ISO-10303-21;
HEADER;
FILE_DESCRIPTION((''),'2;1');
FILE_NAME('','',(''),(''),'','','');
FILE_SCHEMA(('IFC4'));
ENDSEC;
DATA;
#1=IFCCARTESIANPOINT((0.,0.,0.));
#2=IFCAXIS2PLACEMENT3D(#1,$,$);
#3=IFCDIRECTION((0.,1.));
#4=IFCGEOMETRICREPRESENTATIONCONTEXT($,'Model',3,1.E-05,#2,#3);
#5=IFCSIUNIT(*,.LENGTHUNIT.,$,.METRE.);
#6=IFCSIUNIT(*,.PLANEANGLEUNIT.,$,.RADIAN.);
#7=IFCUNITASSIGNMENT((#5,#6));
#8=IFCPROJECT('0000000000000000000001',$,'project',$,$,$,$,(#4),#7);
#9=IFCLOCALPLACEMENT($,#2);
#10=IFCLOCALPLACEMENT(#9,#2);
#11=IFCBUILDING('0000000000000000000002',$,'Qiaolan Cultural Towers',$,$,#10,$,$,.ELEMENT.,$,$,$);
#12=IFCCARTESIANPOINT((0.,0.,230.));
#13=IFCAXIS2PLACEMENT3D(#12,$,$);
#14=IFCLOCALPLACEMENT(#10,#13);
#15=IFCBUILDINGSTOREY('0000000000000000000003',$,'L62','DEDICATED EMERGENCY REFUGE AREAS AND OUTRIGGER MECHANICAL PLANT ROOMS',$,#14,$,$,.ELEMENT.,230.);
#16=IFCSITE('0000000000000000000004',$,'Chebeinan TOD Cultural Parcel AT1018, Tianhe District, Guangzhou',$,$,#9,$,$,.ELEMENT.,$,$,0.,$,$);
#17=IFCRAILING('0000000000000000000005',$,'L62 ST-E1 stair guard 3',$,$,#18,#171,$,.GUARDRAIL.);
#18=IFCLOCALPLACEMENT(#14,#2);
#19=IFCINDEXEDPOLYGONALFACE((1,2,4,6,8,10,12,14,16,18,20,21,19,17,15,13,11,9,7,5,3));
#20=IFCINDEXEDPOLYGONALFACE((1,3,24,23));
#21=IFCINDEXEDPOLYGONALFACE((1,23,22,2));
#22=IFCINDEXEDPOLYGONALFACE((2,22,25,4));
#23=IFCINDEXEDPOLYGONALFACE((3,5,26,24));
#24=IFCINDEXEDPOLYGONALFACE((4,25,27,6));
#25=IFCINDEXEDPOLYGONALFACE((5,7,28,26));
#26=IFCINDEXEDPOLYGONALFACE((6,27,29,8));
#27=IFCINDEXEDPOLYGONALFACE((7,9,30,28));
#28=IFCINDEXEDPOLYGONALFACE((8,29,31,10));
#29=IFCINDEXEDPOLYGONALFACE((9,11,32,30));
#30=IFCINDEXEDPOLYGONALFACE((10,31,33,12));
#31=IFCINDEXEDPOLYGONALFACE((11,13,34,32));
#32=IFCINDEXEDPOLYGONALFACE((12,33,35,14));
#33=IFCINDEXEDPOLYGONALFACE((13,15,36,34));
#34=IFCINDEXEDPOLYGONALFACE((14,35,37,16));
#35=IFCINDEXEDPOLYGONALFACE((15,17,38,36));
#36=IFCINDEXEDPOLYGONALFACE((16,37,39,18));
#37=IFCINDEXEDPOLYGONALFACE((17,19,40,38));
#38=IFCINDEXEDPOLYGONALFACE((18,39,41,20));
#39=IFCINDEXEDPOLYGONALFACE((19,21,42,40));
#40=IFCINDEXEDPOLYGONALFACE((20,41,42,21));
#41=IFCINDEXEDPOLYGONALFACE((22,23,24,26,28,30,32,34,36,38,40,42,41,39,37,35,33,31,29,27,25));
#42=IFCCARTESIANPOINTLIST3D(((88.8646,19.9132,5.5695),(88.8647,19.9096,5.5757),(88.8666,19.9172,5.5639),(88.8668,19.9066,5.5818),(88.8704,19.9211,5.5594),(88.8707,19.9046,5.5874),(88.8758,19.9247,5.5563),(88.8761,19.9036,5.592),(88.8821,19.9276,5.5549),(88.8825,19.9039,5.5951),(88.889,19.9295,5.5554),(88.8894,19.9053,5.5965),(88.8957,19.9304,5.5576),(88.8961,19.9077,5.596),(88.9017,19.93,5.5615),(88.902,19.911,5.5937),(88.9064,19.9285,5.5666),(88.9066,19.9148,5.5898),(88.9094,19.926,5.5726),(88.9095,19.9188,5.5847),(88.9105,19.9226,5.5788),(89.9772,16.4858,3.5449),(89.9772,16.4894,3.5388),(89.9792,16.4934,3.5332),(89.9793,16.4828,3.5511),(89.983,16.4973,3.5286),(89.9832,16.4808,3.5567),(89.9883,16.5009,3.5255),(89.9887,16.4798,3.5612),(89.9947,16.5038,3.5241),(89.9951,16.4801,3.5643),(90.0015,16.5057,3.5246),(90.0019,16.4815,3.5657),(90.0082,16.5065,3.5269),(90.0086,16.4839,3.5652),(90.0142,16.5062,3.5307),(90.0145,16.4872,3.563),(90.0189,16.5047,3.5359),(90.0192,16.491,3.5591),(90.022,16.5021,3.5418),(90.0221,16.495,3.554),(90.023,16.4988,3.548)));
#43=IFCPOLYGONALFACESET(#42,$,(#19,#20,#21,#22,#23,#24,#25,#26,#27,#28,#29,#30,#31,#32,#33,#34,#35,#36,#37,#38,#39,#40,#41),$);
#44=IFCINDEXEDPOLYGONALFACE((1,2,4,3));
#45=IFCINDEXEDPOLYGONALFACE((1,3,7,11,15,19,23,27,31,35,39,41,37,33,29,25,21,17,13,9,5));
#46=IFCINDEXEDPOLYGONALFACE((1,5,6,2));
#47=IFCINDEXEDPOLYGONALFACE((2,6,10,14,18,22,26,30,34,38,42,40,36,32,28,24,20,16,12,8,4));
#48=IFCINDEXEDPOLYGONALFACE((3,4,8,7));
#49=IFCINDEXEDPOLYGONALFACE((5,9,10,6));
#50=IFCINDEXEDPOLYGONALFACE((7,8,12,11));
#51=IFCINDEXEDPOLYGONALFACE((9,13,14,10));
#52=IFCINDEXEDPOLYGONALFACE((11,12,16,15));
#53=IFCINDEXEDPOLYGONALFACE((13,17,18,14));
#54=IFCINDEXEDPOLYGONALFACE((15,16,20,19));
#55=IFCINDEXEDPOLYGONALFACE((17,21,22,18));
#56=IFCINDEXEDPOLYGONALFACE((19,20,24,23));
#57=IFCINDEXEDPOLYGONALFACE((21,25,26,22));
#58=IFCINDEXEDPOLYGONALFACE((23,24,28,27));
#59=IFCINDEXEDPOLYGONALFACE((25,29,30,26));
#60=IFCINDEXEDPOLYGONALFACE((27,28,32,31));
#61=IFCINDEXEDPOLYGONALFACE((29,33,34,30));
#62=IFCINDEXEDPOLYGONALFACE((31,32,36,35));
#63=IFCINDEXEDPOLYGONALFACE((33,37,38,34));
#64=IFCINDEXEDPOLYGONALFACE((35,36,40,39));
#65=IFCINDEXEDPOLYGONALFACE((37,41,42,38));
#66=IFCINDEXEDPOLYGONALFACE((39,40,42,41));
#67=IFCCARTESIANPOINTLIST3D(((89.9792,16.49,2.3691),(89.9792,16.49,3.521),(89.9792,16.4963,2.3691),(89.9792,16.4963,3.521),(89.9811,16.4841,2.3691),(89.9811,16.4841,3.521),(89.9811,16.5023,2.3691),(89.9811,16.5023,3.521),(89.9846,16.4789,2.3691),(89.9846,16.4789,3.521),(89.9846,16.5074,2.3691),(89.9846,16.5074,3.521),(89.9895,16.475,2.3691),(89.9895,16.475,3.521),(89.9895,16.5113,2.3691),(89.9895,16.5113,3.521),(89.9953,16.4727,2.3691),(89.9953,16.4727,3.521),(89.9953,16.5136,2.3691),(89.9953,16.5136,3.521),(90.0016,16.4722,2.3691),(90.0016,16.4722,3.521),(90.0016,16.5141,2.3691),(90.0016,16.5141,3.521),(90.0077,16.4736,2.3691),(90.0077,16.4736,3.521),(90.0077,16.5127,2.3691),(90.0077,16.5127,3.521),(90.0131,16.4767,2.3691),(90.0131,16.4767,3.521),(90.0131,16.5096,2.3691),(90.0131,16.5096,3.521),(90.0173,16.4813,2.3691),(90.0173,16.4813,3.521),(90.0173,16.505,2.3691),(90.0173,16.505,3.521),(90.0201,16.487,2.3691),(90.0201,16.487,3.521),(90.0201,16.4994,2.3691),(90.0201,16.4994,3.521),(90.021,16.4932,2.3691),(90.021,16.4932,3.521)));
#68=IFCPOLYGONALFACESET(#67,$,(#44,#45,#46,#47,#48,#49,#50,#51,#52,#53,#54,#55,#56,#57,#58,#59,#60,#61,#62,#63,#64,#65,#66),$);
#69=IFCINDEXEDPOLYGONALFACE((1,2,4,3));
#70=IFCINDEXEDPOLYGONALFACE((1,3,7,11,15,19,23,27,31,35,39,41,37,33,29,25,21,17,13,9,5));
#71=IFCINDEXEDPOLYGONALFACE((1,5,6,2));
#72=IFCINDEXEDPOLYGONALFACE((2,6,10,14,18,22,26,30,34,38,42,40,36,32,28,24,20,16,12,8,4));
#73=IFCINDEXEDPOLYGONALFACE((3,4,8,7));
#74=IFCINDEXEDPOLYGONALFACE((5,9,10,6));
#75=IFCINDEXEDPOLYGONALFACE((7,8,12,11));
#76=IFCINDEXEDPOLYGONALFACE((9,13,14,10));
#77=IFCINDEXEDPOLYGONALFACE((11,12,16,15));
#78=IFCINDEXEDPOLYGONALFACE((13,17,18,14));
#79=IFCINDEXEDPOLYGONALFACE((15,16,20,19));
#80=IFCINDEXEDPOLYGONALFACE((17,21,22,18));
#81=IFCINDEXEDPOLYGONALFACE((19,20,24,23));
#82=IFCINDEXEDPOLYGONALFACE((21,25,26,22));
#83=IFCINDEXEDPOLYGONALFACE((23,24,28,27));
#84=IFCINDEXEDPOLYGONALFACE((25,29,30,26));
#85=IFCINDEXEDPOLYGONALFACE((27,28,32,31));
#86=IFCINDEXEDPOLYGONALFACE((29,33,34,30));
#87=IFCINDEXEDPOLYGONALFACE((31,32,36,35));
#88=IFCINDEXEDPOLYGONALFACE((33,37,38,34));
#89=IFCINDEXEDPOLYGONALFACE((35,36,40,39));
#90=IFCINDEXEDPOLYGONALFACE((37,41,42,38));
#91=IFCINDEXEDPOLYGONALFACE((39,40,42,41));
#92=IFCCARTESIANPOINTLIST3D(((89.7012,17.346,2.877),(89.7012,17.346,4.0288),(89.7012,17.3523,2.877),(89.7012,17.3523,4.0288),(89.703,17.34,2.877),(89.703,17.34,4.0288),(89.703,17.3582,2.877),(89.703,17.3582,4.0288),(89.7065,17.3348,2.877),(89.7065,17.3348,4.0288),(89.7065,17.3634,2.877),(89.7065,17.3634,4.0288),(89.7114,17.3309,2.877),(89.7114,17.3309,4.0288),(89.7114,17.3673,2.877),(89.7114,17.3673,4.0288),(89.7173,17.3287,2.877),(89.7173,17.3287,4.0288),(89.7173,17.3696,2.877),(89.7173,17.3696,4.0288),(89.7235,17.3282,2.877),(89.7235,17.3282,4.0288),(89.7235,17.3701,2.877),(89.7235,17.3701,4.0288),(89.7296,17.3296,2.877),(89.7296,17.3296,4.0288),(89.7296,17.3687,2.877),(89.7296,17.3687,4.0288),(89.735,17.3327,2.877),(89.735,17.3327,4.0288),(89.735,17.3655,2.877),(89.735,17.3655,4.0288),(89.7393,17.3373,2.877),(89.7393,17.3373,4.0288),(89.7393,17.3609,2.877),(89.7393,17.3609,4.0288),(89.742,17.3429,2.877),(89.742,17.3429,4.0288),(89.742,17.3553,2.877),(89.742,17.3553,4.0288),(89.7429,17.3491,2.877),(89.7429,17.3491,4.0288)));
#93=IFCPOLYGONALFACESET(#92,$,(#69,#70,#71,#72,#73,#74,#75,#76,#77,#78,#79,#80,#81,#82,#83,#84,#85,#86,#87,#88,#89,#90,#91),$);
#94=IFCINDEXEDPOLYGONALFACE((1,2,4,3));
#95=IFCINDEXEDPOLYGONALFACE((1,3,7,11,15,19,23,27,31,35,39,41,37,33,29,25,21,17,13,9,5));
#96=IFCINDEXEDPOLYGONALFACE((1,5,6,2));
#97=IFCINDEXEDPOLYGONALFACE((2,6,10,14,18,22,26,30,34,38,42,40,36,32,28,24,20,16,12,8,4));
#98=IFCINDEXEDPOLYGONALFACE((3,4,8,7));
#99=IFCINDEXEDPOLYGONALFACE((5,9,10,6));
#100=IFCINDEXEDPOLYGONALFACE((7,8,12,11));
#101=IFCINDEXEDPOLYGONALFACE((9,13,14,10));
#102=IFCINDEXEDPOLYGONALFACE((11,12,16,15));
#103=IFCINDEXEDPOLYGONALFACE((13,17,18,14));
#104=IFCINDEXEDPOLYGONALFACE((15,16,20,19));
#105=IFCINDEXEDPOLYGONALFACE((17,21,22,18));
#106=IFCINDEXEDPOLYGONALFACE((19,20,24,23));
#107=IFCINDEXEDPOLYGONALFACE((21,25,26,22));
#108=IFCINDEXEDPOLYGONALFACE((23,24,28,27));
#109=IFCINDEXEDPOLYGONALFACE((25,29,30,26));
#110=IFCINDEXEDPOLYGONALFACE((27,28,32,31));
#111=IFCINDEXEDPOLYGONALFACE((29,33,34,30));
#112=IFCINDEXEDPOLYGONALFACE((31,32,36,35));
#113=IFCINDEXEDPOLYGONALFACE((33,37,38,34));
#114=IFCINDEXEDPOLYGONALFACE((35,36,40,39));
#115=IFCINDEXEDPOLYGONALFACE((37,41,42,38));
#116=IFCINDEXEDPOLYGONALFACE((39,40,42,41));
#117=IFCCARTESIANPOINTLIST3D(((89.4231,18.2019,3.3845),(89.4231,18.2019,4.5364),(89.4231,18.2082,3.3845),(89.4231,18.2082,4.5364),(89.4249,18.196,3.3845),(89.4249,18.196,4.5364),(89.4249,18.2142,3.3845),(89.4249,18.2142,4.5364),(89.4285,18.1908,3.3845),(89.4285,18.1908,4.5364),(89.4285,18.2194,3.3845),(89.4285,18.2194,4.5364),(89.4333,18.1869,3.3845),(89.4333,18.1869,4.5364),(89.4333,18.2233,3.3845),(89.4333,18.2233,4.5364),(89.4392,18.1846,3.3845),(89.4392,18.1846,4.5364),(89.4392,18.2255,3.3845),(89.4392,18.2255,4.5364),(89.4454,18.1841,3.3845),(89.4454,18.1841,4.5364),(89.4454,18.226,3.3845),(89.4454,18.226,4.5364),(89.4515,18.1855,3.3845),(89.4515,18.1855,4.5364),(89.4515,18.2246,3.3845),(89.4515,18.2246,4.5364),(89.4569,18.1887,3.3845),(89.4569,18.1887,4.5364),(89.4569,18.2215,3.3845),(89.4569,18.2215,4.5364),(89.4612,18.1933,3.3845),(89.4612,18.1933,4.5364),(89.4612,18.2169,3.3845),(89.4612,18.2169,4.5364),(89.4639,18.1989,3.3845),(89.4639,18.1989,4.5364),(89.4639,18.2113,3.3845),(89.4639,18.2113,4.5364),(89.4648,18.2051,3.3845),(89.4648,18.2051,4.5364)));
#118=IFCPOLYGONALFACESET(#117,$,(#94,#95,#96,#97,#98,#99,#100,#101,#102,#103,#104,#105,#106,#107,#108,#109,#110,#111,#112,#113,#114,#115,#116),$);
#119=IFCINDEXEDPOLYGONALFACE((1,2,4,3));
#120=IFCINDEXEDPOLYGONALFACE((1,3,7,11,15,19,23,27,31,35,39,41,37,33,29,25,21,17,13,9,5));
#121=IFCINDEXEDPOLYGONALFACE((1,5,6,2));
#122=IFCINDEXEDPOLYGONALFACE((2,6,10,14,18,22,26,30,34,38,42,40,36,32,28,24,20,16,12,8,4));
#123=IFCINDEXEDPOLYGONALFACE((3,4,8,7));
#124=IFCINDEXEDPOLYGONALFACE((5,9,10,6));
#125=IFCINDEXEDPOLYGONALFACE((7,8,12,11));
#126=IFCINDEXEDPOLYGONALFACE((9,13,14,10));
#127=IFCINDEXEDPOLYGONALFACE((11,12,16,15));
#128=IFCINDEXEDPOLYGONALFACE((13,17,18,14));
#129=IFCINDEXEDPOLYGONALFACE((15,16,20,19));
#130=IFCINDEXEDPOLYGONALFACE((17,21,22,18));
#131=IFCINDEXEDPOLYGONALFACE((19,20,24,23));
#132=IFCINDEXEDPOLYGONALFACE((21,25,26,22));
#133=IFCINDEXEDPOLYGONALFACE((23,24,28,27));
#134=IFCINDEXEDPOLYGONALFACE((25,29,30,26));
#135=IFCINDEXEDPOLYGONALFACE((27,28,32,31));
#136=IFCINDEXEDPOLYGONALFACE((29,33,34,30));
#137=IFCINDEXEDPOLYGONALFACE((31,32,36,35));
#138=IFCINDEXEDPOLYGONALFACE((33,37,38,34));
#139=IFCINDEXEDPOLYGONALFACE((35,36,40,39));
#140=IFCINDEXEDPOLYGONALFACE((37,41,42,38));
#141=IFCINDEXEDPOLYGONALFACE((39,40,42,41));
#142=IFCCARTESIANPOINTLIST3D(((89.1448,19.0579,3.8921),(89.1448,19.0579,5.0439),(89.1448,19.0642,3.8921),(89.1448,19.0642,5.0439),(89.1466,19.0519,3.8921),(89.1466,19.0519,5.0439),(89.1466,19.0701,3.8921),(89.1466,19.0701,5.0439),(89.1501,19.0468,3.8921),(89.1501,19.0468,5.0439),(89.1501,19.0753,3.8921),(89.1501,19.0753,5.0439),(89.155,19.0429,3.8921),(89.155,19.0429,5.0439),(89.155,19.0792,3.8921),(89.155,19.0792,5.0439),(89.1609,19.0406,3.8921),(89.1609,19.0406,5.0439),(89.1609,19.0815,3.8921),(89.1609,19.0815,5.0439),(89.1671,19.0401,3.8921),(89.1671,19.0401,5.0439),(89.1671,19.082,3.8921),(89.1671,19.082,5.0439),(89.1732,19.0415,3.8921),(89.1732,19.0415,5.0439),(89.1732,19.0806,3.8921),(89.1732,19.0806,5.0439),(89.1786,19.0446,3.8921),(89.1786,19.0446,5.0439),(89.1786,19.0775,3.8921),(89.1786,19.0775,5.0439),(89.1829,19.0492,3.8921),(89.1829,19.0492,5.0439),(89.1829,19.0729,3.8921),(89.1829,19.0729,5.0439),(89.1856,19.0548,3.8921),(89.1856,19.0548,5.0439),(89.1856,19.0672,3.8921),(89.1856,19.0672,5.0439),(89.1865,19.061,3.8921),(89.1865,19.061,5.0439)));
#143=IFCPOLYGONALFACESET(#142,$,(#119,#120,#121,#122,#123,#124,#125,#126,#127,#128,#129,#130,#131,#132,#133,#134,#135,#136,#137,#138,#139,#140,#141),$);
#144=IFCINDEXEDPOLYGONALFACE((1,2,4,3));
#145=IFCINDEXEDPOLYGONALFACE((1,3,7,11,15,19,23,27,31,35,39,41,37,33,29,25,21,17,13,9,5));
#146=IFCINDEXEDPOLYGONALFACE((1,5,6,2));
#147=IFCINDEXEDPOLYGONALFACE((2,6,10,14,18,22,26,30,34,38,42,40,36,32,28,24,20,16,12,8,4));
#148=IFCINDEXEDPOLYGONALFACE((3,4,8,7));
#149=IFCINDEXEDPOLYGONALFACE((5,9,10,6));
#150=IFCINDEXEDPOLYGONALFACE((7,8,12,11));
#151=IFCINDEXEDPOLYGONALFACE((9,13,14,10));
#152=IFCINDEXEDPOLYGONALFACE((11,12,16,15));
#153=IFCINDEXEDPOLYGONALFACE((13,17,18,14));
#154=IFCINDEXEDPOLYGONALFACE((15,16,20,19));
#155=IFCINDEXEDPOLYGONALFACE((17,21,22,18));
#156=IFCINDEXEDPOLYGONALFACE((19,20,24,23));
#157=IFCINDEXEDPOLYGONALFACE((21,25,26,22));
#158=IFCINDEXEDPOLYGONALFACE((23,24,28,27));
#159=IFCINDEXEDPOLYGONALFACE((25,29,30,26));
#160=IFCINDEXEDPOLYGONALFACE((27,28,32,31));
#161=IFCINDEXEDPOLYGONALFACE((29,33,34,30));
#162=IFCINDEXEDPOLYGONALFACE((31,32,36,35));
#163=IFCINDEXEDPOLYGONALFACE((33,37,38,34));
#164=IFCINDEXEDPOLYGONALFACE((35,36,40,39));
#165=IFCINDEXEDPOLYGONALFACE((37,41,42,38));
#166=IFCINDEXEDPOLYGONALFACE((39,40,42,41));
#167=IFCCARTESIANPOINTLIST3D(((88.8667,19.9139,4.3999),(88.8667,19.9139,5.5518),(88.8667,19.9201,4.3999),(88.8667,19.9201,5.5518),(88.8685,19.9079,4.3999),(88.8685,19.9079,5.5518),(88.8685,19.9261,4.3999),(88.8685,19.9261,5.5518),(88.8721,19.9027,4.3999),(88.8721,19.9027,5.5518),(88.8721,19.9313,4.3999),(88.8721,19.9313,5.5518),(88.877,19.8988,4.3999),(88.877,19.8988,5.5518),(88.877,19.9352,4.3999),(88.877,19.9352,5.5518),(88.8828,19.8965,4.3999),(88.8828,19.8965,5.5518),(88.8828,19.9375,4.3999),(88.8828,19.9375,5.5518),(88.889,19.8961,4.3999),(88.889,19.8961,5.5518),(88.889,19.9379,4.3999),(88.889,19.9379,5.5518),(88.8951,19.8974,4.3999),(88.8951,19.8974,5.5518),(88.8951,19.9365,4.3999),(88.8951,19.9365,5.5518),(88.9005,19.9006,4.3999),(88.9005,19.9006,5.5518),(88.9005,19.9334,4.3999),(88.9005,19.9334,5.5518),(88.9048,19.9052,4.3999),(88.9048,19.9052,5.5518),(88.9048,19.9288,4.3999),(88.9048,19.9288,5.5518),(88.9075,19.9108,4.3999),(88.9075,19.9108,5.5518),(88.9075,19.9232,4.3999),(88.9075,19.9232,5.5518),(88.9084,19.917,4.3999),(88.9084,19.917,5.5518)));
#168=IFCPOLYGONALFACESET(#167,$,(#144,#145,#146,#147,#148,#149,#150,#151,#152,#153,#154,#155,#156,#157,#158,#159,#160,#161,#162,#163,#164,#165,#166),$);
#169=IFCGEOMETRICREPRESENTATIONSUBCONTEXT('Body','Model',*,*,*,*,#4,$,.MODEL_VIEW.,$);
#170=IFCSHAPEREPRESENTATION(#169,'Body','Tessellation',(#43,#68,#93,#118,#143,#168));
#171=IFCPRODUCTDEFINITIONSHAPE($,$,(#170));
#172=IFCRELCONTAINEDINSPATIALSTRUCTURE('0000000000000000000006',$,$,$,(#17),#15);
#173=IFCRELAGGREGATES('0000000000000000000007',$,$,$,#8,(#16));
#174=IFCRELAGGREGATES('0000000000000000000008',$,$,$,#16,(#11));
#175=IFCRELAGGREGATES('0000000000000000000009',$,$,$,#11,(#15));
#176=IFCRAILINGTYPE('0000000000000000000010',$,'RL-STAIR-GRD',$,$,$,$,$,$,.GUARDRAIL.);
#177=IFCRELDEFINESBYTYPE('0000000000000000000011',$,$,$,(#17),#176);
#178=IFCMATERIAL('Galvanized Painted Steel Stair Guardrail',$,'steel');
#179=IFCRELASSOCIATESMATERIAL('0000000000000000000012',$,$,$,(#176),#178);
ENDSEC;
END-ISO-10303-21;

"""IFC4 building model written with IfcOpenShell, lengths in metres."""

from ifc_helpers import new_model, si_unit, direction, frame, origin, origin_2d, place, context, subcontext, project, spatial, circle, extrude, material, type_object, element, save


model = new_model("IFC4")

# Units and contexts
model_context = context("Model", 3, precision=1e-05, world=origin(), true_north=direction((0.0, 1.0)))
body_context = subcontext(model_context, "Body", "Model", "MODEL_VIEW")
ifc_project = project(units=[si_unit("LENGTHUNIT", "METRE"), si_unit("PLANEANGLEUNIT", "RADIAN")], contexts=[model_context])

# Site, building, storey
site_placement = place(None, origin())
site = spatial("IfcSite", under=ifc_project, at=site_placement, Name="Chebeinan TOD Cultural Parcel AT1018, Tianhe District, Guangzhou", CompositionType="ELEMENT", RefElevation=0.0)
building_placement = place(site_placement, origin())
building = spatial("IfcBuilding", under=site, at=building_placement, Name="Qiaolan Cultural Towers", CompositionType="ELEMENT")
storey_placement = place(building_placement, frame((0.0, 0.0, 230.0)))
storey = spatial("IfcBuildingStorey", under=building, at=storey_placement, Name="L62", Description="DEDICATED EMERGENCY REFUGE AREAS AND OUTRIGGER MECHANICAL PLANT ROOMS", CompositionType="ELEMENT", Elevation=230.0)

# Railing
ifc_material_1 = material(Name="Galvanized Painted Steel Stair Guardrail", Category="steel")
railing_type_1 = type_object("IfcRailingType", Name="RL-STAIR-GRD", PredefinedType="GUARDRAIL", material=ifc_material_1)
railing_1_placement = place(storey_placement, frame((90.0, 16.4932, 2.3691)))
element("IfcRailing", 1, at=railing_1_placement, inside=storey, type_object=railing_type_1, Name="L62 ST-E1 stair guard 3", PredefinedType="GUARDRAIL", context=body_context, shape_type="SweptSolid", body=[
    extrude(circle(Radius=0.0239, at=origin_2d()), frame((0.0, 0.0, 1.1758), z_axis=(-0.269166, 0.828348, 0.491315), x_axis=(-0.95105, -0.309037, 0.0)), (0.0, 0.0, 1.0), 4.1333),
    extrude(circle(Radius=0.021, at=origin_2d()), origin(), (0.0, 0.0, 1.0), 1.1519),
    extrude(circle(Radius=0.021, at=origin_2d()), frame((-0.2781, 0.856, 0.5078)), (0.0, 0.0, 1.0), 1.1519),
    extrude(circle(Radius=0.021, at=origin_2d()), frame((-0.5562, 1.7119, 1.0154)), (0.0, 0.0, 1.0), 1.1519),
    extrude(circle(Radius=0.021, at=origin_2d()), frame((-0.8345, 2.5679, 1.5229)), (0.0, 0.0, 1.0), 1.1519),
    extrude(circle(Radius=0.021, at=origin_2d()), frame((-1.1125, 3.4238, 2.0308)), (0.0, 0.0, 1.0), 1.1519),
])

save(model, "model.ifc")
